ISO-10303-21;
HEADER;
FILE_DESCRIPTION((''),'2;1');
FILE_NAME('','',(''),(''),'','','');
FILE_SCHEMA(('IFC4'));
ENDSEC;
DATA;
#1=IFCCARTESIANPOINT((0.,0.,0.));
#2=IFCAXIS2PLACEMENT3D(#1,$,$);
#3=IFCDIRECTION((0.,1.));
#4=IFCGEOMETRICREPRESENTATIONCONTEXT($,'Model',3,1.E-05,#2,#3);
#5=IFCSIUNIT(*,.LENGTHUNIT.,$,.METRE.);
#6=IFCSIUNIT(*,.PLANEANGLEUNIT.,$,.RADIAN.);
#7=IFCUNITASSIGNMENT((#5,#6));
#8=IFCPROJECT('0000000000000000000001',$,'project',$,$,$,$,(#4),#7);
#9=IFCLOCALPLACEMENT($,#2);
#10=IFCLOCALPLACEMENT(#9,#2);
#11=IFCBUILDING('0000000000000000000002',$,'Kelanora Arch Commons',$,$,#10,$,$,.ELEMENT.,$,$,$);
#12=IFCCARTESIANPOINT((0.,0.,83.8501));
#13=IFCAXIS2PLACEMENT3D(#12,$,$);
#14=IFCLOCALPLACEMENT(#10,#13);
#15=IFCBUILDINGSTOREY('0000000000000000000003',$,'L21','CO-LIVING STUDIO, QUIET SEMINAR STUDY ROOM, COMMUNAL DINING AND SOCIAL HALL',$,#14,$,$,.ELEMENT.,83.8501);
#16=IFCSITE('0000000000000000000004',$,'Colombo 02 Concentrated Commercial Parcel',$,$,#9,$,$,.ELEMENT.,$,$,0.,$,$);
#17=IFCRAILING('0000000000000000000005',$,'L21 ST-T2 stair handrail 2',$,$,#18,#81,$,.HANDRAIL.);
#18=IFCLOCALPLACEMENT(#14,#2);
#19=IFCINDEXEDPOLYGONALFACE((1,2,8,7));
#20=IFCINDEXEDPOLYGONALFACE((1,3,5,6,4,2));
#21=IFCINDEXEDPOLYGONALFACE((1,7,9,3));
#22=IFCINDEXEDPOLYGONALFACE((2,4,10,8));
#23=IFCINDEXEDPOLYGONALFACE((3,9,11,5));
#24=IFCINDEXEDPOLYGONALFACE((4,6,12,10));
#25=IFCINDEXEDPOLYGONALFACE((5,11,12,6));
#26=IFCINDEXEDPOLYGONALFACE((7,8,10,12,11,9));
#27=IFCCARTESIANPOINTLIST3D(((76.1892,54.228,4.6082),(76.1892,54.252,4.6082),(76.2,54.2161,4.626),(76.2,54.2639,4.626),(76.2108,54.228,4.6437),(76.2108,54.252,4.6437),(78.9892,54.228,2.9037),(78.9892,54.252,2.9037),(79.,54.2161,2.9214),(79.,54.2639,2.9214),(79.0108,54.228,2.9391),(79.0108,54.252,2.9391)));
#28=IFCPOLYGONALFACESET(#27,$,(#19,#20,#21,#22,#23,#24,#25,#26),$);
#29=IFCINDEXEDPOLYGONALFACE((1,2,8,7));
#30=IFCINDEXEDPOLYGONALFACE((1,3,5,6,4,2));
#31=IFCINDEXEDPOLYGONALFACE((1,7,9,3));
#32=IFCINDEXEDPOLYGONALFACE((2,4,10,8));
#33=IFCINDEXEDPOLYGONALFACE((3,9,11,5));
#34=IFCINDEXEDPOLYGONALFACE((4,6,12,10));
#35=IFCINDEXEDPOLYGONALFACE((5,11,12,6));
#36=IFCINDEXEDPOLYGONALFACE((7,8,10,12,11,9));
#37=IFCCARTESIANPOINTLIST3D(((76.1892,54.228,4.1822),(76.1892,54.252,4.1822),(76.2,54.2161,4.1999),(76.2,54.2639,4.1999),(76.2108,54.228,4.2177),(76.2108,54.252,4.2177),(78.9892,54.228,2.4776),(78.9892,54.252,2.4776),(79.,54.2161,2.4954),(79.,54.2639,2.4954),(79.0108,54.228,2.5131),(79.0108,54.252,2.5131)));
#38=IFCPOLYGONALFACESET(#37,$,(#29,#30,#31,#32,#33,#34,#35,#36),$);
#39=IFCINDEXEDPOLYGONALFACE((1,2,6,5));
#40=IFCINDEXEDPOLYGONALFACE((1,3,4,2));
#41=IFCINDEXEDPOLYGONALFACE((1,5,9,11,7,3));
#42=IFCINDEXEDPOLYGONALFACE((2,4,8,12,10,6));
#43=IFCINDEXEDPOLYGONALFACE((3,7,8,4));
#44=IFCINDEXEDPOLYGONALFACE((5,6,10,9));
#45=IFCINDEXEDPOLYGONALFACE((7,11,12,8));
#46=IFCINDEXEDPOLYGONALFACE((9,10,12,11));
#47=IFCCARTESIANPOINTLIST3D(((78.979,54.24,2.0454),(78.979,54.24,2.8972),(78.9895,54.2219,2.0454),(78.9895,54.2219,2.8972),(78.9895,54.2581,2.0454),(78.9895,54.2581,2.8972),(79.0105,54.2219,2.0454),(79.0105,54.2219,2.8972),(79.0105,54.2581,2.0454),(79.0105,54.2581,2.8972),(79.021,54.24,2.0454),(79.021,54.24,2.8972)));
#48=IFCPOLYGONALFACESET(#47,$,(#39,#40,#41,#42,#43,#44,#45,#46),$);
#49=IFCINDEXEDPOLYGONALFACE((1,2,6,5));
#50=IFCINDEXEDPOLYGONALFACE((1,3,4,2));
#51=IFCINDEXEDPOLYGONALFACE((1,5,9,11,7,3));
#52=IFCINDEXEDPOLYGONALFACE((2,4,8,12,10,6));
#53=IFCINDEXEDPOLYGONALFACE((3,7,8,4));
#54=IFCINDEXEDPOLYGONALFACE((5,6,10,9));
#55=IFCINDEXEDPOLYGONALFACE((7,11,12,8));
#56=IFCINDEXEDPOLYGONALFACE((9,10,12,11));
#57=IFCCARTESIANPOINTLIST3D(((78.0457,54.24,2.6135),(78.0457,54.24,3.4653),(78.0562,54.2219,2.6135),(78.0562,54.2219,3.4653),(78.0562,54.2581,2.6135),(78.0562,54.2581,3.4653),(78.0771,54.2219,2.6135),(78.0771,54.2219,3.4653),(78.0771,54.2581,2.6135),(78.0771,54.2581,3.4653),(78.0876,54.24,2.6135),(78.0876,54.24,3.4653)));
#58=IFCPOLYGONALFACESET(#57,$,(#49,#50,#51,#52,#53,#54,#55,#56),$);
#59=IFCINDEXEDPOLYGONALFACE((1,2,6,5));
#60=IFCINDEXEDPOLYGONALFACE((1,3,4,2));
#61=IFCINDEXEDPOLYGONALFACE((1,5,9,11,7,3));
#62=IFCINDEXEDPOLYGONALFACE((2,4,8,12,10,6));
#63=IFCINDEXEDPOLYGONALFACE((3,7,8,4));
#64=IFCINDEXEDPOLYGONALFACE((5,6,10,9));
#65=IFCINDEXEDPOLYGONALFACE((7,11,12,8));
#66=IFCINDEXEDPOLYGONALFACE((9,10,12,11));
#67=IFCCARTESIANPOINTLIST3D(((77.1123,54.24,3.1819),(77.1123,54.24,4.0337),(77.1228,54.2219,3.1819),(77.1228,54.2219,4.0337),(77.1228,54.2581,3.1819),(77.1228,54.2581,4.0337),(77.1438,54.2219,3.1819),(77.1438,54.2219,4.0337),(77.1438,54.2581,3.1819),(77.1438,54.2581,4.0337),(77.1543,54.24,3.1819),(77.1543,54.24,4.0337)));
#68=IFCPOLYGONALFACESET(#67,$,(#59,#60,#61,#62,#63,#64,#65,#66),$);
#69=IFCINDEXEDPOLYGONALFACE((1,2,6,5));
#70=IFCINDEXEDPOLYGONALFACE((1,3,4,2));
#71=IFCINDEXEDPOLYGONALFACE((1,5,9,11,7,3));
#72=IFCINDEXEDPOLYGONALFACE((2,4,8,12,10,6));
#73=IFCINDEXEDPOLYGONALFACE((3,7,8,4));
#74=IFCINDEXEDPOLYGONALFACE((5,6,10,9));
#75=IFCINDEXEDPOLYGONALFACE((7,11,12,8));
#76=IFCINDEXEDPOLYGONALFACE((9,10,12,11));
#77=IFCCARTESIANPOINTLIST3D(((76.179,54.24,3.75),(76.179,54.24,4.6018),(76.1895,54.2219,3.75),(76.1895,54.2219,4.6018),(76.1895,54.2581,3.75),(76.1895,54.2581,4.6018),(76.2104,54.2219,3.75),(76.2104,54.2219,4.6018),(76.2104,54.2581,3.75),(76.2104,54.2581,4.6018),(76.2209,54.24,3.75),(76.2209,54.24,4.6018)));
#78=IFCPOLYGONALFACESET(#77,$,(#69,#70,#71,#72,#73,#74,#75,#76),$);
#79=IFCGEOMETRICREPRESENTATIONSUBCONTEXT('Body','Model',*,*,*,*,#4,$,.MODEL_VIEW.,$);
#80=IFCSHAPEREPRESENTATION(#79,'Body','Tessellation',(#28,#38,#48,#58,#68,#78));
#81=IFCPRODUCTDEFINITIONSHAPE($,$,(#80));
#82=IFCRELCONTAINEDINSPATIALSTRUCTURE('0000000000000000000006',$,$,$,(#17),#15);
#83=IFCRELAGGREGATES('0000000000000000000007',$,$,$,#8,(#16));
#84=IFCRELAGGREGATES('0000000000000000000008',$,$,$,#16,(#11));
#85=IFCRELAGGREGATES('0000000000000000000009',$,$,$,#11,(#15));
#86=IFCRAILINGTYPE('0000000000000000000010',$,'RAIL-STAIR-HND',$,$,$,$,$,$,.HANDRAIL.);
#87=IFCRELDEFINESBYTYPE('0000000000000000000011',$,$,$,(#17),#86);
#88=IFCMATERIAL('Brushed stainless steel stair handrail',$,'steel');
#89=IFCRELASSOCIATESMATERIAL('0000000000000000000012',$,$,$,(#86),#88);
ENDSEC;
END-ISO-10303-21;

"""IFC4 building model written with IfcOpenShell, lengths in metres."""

from ifc_helpers import new_model, si_unit, direction, frame, origin, place, context, subcontext, project, spatial, polyline, outline, extrude, material, type_object, element, save


model = new_model("IFC4")

# Units and contexts
model_context = context("Model", 3, precision=1e-05, world=origin(), true_north=direction((0.0, 1.0)))
body_context = subcontext(model_context, "Body", "Model", "MODEL_VIEW")
ifc_project = project(units=[si_unit("LENGTHUNIT", "METRE"), si_unit("PLANEANGLEUNIT", "RADIAN")], contexts=[model_context])

# Site, building, storey
site_placement = place(None, origin())
site = spatial("IfcSite", under=ifc_project, at=site_placement, Name="Colombo 02 Concentrated Commercial Parcel", CompositionType="ELEMENT", RefElevation=0.0)
building_placement = place(site_placement, origin())
building = spatial("IfcBuilding", under=site, at=building_placement, Name="Kelanora Arch Commons", CompositionType="ELEMENT")
storey_placement = place(building_placement, frame((0.0, 0.0, 83.8501)))
storey = spatial("IfcBuildingStorey", under=building, at=storey_placement, Name="L21", Description="CO-LIVING STUDIO, QUIET SEMINAR STUDY ROOM, COMMUNAL DINING AND SOCIAL HALL", CompositionType="ELEMENT", Elevation=83.8501)

# Railing
ifc_material_1 = material(Name="Brushed stainless steel stair handrail", Category="steel")
railing_type_1 = type_object("IfcRailingType", Name="RAIL-STAIR-HND", PredefinedType="HANDRAIL", material=ifc_material_1)
railing_1_placement = place(storey_placement, frame((79.0, 54.24, 2.0454)))
element("IfcRailing", 1, at=railing_1_placement, inside=storey, type_object=railing_type_1, Name="L21 ST-T2 stair handrail 2", PredefinedType="HANDRAIL", context=body_context, shape_type="SweptSolid", body=[
    extrude(outline(polyline([(0.0239, 0.0), (0.012, 0.0208), (-0.012, 0.0208), (-0.0239, 0.0), (-0.012, -0.0208), (0.012, -0.0208), (0.0239, 0.0)])), frame((0.0, 0.0, 0.876), z_axis=(-0.85417, 0.0, 0.519994), x_axis=(0.0, -1.0, 0.0)), (0.0, 0.0, 1.0), 3.2781),
    extrude(outline(polyline([(0.0239, 0.0), (0.012, 0.0208), (-0.012, 0.0208), (-0.0239, 0.0), (-0.012, -0.0208), (0.012, -0.0208), (0.0239, 0.0)])), frame((0.0, 0.0, 0.45), z_axis=(-0.85417, 0.0, 0.519994), x_axis=(0.0, -1.0, 0.0)), (0.0, 0.0, 1.0), 3.2781),
    extrude(outline(polyline([(0.021, 0.0), (0.0105, 0.0181), (-0.0105, 0.0181), (-0.021, 0.0), (-0.0105, -0.0181), (0.0105, -0.0181), (0.021, 0.0)])), origin(), (0.0, 0.0, 1.0), 0.8518),
    extrude(outline(polyline([(0.021, 0.0), (0.0105, 0.0181), (-0.0105, 0.0181), (-0.021, 0.0), (-0.0105, -0.0181), (0.0105, -0.0181), (0.021, 0.0)])), frame((-0.9333, 0.0, 0.5681)), (0.0, 0.0, 1.0), 0.8518),
    extrude(outline(polyline([(0.021, 0.0), (0.0105, 0.0181), (-0.0105, 0.0181), (-0.021, 0.0), (-0.0105, -0.0181), (0.0105, -0.0181), (0.021, 0.0)])), frame((-1.8667, 0.0, 1.1365)), (0.0, 0.0, 1.0), 0.8518),
    extrude(outline(polyline([(0.021, 0.0), (0.0105, 0.0181), (-0.0105, 0.0181), (-0.021, 0.0), (-0.0105, -0.0181), (0.0105, -0.0181), (0.021, 0.0)])), frame((-2.8, 0.0, 1.7046)), (0.0, 0.0, 1.0), 0.8518),
])

save(model, "model.ifc")
